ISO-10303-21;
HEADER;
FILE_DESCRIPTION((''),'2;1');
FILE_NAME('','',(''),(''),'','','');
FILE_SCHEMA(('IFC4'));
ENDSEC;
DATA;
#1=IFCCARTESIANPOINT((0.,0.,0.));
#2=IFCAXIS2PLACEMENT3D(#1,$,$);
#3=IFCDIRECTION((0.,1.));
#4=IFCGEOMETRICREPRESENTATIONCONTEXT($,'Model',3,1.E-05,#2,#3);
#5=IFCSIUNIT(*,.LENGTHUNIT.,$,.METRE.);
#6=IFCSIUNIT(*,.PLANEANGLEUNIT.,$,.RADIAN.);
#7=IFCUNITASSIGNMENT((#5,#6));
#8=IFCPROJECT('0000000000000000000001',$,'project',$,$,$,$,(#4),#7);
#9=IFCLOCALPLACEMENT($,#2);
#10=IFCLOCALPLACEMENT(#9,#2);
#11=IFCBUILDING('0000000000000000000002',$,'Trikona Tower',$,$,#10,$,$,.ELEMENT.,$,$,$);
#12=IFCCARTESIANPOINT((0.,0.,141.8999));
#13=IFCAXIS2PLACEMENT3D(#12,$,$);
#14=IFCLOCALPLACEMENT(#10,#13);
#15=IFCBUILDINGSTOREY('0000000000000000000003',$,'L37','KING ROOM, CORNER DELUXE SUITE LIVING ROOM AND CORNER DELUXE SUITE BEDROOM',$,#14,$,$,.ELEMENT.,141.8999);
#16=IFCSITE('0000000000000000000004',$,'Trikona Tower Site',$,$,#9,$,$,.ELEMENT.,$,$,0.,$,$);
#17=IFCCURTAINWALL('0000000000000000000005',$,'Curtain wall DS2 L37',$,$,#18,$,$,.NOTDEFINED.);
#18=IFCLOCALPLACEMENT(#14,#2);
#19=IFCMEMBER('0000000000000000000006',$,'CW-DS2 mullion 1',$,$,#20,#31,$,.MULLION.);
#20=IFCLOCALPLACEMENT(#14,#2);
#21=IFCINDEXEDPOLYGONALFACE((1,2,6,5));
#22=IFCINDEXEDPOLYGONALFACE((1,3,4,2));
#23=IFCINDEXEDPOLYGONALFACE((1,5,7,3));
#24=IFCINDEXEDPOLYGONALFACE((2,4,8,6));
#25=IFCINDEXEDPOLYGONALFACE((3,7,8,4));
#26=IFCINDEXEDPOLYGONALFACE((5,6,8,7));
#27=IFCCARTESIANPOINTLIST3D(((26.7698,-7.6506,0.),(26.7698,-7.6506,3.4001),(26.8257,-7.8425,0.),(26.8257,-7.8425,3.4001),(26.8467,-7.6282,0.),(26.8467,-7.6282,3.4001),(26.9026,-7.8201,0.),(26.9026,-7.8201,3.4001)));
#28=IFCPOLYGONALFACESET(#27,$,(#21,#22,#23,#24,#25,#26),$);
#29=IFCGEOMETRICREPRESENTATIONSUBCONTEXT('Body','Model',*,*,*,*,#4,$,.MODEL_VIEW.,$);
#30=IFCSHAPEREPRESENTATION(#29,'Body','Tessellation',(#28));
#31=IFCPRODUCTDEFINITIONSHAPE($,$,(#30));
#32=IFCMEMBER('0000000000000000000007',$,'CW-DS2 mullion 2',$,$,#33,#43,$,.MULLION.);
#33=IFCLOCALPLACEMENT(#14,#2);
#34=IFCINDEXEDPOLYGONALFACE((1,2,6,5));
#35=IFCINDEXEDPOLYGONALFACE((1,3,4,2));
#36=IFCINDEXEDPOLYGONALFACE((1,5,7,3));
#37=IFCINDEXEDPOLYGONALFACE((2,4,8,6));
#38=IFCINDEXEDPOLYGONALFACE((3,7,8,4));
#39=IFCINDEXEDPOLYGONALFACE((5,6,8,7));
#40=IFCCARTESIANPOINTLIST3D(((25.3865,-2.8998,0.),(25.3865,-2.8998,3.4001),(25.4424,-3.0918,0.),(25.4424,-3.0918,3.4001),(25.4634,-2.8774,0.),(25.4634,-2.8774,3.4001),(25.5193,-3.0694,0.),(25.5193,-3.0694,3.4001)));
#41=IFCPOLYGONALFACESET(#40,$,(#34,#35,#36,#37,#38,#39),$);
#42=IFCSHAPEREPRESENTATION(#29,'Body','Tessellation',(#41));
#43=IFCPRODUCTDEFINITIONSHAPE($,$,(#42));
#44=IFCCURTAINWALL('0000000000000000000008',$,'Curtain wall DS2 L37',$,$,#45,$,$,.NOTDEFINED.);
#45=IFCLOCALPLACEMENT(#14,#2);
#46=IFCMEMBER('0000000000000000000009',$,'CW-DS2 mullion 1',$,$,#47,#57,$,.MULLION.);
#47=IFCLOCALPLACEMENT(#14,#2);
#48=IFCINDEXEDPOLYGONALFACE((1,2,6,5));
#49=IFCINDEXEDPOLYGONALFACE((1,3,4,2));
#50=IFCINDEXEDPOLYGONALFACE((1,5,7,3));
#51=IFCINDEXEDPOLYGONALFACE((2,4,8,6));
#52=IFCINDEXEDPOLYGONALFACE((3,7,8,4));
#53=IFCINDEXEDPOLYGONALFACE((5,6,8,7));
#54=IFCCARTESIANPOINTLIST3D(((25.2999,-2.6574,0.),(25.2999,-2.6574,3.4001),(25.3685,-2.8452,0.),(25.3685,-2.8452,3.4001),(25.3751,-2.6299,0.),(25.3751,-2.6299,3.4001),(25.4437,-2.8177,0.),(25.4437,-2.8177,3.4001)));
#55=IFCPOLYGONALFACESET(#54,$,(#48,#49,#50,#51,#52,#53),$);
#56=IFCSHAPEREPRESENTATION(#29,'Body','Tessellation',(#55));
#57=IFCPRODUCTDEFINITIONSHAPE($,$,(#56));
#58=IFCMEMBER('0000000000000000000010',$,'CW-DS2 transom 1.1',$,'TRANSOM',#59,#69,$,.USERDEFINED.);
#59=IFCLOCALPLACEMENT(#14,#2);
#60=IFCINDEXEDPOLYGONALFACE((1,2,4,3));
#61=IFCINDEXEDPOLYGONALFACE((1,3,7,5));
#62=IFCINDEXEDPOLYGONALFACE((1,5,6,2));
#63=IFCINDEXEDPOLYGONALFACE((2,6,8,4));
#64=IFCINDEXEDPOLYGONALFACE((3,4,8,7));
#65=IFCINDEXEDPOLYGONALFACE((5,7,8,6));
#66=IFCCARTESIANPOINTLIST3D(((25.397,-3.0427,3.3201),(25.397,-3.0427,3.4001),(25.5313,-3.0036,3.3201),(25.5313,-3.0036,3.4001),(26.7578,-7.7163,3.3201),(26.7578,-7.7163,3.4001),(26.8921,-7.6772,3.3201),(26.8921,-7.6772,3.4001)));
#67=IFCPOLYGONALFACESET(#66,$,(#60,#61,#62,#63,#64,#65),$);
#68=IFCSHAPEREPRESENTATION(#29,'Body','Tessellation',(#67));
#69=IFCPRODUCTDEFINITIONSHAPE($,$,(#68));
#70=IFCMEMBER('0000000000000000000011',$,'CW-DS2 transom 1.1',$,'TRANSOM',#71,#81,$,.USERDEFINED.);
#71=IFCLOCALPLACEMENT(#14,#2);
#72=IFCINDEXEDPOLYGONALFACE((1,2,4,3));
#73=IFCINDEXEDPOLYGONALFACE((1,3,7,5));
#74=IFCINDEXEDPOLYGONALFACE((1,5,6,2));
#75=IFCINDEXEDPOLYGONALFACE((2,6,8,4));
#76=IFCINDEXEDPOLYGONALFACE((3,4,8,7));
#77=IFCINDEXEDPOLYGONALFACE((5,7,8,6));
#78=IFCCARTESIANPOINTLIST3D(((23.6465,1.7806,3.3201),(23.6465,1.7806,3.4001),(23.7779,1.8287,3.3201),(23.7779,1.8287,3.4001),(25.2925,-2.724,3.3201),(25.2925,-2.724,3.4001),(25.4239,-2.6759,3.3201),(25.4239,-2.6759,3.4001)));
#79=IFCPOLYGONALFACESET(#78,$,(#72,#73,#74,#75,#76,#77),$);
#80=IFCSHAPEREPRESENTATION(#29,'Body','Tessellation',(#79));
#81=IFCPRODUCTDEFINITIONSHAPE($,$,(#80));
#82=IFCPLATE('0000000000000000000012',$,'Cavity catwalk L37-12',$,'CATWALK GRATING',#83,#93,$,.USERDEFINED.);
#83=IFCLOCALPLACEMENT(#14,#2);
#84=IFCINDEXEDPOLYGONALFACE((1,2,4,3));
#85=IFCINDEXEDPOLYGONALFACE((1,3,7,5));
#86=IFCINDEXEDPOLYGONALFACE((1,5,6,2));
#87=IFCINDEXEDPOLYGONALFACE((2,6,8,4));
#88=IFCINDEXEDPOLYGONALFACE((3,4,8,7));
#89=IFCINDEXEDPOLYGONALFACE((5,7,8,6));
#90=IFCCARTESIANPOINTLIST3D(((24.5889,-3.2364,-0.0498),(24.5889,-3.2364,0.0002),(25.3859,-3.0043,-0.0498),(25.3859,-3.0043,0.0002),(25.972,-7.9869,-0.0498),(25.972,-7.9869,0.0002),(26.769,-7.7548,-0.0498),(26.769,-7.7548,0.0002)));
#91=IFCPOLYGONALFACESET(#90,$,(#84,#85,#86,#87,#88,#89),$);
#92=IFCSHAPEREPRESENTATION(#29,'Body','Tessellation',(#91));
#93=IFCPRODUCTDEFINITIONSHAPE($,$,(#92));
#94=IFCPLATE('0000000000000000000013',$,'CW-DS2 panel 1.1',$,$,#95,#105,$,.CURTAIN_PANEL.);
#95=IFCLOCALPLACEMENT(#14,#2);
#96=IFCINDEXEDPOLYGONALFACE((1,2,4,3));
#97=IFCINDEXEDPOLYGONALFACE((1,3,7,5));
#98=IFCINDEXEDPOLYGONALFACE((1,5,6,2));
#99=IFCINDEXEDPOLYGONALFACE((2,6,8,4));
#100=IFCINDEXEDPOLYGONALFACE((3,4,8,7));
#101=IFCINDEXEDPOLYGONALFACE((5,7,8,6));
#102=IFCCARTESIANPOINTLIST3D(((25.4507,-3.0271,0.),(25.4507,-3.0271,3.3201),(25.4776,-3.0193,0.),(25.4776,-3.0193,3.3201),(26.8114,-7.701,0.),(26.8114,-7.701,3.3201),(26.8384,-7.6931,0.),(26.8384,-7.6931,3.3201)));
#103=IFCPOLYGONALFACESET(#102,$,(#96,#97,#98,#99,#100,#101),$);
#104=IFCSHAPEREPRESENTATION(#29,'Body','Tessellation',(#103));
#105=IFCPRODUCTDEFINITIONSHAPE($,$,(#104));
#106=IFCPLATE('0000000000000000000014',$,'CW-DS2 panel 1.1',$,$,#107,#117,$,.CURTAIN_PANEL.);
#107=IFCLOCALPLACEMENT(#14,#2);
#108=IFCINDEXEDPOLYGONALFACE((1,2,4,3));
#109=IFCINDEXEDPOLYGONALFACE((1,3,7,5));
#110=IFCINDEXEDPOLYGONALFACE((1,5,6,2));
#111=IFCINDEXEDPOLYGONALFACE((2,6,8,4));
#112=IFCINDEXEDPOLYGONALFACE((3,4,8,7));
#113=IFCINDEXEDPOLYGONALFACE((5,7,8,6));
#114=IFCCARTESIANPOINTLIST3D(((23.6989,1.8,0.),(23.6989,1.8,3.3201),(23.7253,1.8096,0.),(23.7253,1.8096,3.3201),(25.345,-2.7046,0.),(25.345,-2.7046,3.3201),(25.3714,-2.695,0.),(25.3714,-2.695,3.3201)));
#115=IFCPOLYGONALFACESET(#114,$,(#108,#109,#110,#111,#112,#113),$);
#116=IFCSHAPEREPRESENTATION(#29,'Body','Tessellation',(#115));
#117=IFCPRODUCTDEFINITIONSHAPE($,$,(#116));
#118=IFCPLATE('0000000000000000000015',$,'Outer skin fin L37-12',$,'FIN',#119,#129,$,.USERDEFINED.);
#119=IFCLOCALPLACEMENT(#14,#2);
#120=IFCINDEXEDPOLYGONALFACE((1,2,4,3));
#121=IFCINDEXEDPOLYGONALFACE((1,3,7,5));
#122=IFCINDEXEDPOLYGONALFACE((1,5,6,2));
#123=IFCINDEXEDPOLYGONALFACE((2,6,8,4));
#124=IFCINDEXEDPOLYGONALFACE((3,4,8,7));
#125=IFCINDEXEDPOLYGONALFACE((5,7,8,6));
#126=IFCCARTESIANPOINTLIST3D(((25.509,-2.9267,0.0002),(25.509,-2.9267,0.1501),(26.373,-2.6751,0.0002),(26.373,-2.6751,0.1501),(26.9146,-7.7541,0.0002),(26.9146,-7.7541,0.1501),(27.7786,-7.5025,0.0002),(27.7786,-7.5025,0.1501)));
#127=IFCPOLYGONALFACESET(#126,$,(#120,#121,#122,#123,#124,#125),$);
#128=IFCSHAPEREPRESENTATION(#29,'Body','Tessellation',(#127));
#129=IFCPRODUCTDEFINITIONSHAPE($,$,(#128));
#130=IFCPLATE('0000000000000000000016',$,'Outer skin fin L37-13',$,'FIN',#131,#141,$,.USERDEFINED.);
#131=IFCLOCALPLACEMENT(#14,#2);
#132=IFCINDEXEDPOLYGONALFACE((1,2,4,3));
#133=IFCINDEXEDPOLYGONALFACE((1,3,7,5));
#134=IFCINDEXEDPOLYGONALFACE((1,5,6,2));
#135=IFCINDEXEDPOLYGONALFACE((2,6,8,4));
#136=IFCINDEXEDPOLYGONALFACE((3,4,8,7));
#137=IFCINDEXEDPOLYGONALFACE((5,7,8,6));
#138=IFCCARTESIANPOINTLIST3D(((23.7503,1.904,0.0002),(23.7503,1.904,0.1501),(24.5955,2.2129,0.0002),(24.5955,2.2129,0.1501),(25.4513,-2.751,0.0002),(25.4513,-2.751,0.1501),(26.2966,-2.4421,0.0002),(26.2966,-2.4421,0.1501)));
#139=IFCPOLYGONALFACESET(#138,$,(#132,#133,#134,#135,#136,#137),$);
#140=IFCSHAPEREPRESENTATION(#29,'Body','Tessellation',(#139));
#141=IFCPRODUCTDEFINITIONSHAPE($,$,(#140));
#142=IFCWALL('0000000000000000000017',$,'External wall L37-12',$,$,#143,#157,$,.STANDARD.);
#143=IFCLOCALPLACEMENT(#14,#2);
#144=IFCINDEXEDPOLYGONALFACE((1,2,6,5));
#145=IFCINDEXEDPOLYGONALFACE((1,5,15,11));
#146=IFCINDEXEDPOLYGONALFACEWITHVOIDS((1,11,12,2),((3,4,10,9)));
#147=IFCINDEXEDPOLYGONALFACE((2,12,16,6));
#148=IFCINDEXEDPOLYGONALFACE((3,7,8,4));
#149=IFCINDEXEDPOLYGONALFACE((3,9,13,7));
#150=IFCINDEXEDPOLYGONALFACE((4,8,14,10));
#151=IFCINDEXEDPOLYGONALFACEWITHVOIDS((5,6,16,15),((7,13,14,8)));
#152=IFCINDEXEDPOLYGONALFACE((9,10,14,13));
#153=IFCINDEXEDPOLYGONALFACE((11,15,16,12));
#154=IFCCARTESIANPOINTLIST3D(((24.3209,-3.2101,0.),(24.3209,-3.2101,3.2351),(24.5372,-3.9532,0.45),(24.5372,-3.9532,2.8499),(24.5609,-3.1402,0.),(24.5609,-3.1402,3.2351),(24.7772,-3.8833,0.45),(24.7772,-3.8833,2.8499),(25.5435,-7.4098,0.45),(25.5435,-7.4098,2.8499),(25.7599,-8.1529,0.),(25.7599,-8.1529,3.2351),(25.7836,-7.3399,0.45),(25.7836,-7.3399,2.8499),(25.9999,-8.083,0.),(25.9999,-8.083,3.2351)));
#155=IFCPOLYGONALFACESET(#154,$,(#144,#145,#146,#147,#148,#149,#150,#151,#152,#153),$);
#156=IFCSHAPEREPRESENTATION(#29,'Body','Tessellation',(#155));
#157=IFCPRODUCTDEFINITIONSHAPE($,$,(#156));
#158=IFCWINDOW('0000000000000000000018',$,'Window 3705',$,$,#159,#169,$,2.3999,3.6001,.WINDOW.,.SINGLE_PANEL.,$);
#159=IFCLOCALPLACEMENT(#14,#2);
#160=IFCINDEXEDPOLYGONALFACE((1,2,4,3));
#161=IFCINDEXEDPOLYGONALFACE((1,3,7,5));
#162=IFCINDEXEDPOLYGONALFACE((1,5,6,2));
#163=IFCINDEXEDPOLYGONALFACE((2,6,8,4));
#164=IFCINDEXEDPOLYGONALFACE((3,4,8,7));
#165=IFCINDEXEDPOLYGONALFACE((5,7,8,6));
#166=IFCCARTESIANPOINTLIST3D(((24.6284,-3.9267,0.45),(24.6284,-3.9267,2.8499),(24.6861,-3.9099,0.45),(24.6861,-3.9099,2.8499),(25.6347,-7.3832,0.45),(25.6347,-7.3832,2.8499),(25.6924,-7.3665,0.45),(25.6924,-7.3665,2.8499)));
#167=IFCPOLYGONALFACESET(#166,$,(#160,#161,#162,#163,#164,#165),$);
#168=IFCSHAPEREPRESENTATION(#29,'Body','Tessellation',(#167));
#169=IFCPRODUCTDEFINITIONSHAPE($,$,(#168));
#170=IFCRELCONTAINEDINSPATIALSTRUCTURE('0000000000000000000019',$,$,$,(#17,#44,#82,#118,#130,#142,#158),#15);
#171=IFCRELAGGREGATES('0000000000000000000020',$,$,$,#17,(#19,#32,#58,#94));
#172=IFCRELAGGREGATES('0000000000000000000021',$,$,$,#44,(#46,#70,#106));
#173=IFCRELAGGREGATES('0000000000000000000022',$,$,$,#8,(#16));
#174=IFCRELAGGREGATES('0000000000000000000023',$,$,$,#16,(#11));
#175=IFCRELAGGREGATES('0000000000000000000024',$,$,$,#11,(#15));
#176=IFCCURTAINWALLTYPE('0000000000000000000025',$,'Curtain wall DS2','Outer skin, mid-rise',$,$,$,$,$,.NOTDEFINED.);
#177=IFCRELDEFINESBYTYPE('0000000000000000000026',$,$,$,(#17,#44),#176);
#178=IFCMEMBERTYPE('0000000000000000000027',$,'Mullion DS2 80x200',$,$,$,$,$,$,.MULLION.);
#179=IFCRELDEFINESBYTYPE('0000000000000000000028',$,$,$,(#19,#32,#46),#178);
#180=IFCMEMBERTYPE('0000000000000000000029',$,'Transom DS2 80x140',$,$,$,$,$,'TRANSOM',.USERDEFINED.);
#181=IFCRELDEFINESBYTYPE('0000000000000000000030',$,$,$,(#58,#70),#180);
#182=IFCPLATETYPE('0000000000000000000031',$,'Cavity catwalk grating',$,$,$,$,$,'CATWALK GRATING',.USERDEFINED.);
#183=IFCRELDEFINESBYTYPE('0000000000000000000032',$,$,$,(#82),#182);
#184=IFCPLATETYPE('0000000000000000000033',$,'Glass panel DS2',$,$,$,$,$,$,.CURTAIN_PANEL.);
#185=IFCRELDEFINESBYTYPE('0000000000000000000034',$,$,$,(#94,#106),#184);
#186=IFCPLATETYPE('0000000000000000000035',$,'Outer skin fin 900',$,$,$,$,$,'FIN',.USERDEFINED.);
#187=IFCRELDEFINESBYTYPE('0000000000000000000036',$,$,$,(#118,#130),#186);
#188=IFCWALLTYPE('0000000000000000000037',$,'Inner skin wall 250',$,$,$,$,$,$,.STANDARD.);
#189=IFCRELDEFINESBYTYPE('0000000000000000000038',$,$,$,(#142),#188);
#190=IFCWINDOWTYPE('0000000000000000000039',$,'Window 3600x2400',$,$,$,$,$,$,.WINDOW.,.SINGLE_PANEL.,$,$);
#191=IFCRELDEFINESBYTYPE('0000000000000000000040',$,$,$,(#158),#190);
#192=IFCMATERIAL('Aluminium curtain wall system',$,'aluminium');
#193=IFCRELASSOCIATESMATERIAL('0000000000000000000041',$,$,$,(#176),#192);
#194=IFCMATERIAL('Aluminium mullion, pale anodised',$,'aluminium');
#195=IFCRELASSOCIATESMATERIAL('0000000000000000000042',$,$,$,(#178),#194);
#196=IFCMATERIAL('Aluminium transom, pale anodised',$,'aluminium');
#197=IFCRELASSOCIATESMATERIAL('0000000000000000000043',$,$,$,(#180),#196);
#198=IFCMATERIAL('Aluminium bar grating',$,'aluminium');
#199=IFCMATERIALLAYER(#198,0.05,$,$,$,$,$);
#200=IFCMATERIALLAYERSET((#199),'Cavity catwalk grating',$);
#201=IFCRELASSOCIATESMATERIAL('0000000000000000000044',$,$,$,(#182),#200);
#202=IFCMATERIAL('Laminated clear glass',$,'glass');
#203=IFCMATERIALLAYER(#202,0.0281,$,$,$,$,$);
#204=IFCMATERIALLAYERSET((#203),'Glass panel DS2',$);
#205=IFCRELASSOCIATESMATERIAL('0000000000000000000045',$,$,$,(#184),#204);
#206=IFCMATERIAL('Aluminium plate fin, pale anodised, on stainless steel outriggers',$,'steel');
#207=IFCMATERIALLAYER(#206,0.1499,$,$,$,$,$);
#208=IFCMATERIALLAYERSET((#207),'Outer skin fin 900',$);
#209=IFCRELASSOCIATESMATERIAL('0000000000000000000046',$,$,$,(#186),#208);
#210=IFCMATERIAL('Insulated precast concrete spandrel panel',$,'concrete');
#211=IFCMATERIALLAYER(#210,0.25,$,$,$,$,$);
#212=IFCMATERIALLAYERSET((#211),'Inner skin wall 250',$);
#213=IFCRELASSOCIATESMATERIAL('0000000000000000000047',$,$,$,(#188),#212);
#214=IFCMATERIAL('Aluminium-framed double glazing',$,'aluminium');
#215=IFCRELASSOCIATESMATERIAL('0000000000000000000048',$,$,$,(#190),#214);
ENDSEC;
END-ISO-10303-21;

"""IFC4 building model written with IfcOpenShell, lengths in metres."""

from ifc_helpers import new_model, si_unit, direction, frame, frame_2d, origin, origin_2d, place, context, subcontext, project, spatial, rectangle, extrude, material, layer, layer_set, material_profile, profile_set, type_object, element, fill, aggregate, save


model = new_model("IFC4")

# Units and contexts
model_context = context("Model", 3, precision=1e-05, world=origin(), true_north=direction((0.0, 1.0)))
body_context = subcontext(model_context, "Body", "Model", "MODEL_VIEW")
ifc_project = project(units=[si_unit("LENGTHUNIT", "METRE"), si_unit("PLANEANGLEUNIT", "RADIAN")], contexts=[model_context])

# Site, building, storey
site_placement = place(None, origin())
site = spatial("IfcSite", under=ifc_project, at=site_placement, Name="Trikona Tower Site", CompositionType="ELEMENT", RefElevation=0.0)
building_placement = place(site_placement, origin())
building = spatial("IfcBuilding", under=site, at=building_placement, Name="Trikona Tower", CompositionType="ELEMENT")
storey_placement = place(building_placement, frame((0.0, 0.0, 141.8999)))
storey = spatial("IfcBuildingStorey", under=building, at=storey_placement, Name="L37", Description="KING ROOM, CORNER DELUXE SUITE LIVING ROOM AND CORNER DELUXE SUITE BEDROOM", CompositionType="ELEMENT", Elevation=141.8999)

# Curtain wall, members
ifc_material_1 = material(Name="Aluminium curtain wall system", Category="aluminium")
curtain_wall_type = type_object("IfcCurtainWallType", Name="Curtain wall DS2", Description="Outer skin, mid-rise", PredefinedType="NOTDEFINED", material=ifc_material_1)
curtain_wall_1_placement = place(storey_placement, origin())
curtain_wall_1 = element("IfcCurtainWall", 1, at=curtain_wall_1_placement, inside=storey, type_object=curtain_wall_type, Name="Curtain wall DS2 L37", PredefinedType="NOTDEFINED")
ifc_material_2 = material(Name="Aluminium mullion, pale anodised", Category="aluminium")
ifc_material_profile_1 = material_profile(ifc_material_2, rectangle(XDim=0.0801, YDim=0.2, at=origin_2d()), Name="MUL-DS2")
ifc_profile_set_1 = profile_set([ifc_material_profile_1], Name="Aluminium mullion, pale anodised")
member_type_1 = type_object("IfcMemberType", Name="Mullion DS2 80x200", PredefinedType="MULLION", material=ifc_profile_set_1)
member_1_placement = place(storey_placement, frame((26.8362, -7.7354, 0.0), z_axis=(0.0, 0.0, 1.0), x_axis=(-0.960133, -0.279543, 0.0)))
member_1 = element("IfcMember", 2, at=member_1_placement, type_object=member_type_1, Name="CW-DS2 mullion 1", PredefinedType="MULLION", context=body_context, shape_type="SweptSolid", body=[
    extrude(rectangle(XDim=0.0801, YDim=0.2, at=origin_2d()), origin(), (0.0, 0.0, 1.0), 3.4001),
])
member_2_placement = place(storey_placement, frame((25.4529, -2.9846, 0.0), z_axis=(0.0, 0.0, 1.0), x_axis=(-0.960133, -0.279543, 0.0)))
member_2 = element("IfcMember", 3, at=member_2_placement, type_object=member_type_1, Name="CW-DS2 mullion 2", PredefinedType="MULLION", context=body_context, shape_type="SweptSolid", body=[
    extrude(rectangle(XDim=0.0801, YDim=0.2, at=origin_2d()), origin(), (0.0, 0.0, 1.0), 3.4001),
])

# Curtain wall, member
curtain_wall_2_placement = place(storey_placement, origin())
curtain_wall_2 = element("IfcCurtainWall", 4, at=curtain_wall_2_placement, inside=storey, type_object=curtain_wall_type, Name="Curtain wall DS2 L37", PredefinedType="NOTDEFINED")
member_3_placement = place(storey_placement, frame((25.3718, -2.7375, 0.0), z_axis=(0.0, 0.0, 1.0), x_axis=(-0.939254, -0.343223, 0.0)))
member_3 = element("IfcMember", 5, at=member_3_placement, type_object=member_type_1, Name="CW-DS2 mullion 1", PredefinedType="MULLION", context=body_context, shape_type="SweptSolid", body=[
    extrude(rectangle(XDim=0.0801, YDim=0.2, at=origin_2d()), origin(), (0.0, 0.0, 1.0), 3.4001),
])

# Members
ifc_material_3 = material(Name="Aluminium transom, pale anodised", Category="aluminium")
ifc_material_profile_2 = material_profile(ifc_material_3, rectangle(XDim=0.1399, YDim=0.0801, at=origin_2d()), Name="TRN-DS2")
ifc_profile_set_2 = profile_set([ifc_material_profile_2], Name="Aluminium transom, pale anodised")
member_type_2 = type_object("IfcMemberType", Name="Transom DS2 80x140", ElementType="TRANSOM", PredefinedType="USERDEFINED", material=ifc_profile_set_2)
member_4_placement = place(storey_placement, frame((26.825, -7.6968, 3.3601), z_axis=(-0.279567, 0.960126, 0.0), x_axis=(-0.960126, -0.279567, 0.0)))
member_4 = element("IfcMember", 6, at=member_4_placement, type_object=member_type_2, Name="CW-DS2 transom 1.1", ObjectType="TRANSOM", PredefinedType="USERDEFINED", context=body_context, shape_type="SweptSolid", body=[
    extrude(rectangle(XDim=0.1399, YDim=0.0801, at=origin_2d()), origin(), (0.0, 0.0, 1.0), 4.8677),
])
member_5_placement = place(storey_placement, frame((25.3582, -2.7, 3.3601), z_axis=(-0.343206, 0.93926, 0.0), x_axis=(-0.93926, -0.343206, 0.0)))
member_5 = element("IfcMember", 7, at=member_5_placement, type_object=member_type_2, Name="CW-DS2 transom 1.1", ObjectType="TRANSOM", PredefinedType="USERDEFINED", context=body_context, shape_type="SweptSolid", body=[
    extrude(rectangle(XDim=0.1399, YDim=0.0801, at=origin_2d()), origin(), (0.0, 0.0, 1.0), 4.7959),
])

# Plates
ifc_material_4 = material(Name="Aluminium bar grating", Category="aluminium")
ifc_layer_1 = layer(ifc_material_4, 0.05)
ifc_layer_set_1 = layer_set([ifc_layer_1], Name="Cavity catwalk grating")
plate_type_1 = type_object("IfcPlateType", Name="Cavity catwalk grating", ElementType="CATWALK GRATING", PredefinedType="USERDEFINED", material=ifc_layer_set_1)
plate_1_placement = place(storey_placement, frame((25.679, -5.4956, -0.0498), z_axis=(0.0, 0.0, 1.0), x_axis=(-0.279554, 0.96013, 0.0)))
element("IfcPlate", 8, at=plate_1_placement, inside=storey, type_object=plate_type_1, Name="Cavity catwalk L37-12", ObjectType="CATWALK GRATING", PredefinedType="USERDEFINED", context=body_context, shape_type="SweptSolid", body=[
    extrude(rectangle(XDim=4.9478, YDim=0.8301, at=origin_2d()), origin(), (0.0, 0.0, 1.0), 0.05),
])
ifc_material_5 = material(Name="Laminated clear glass", Category="glass")
ifc_layer_2 = layer(ifc_material_5, 0.0281)
ifc_layer_set_2 = layer_set([ifc_layer_2], Name="Glass panel DS2")
plate_type_2 = type_object("IfcPlateType", Name="Glass panel DS2", PredefinedType="CURTAIN_PANEL", material=ifc_layer_set_2)
plate_2_placement = place(storey_placement, frame((26.1445, -5.3601, 0.0), z_axis=(0.0, 0.0, 1.0), x_axis=(-0.279543, 0.960133, 0.0)))
plate_2 = element("IfcPlate", 9, at=plate_2_placement, type_object=plate_type_2, Name="CW-DS2 panel 1.1", PredefinedType="CURTAIN_PANEL", context=body_context, shape_type="SweptSolid", body=[
    extrude(rectangle(XDim=4.8679, YDim=0.0281, at=origin_2d()), origin(), (0.0, 0.0, 1.0), 3.3201),
])
aggregate(curtain_wall_1, [member_1, member_2, member_4, plate_2])
plate_3_placement = place(storey_placement, frame((24.5352, -0.4475, 0.0), z_axis=(0.0, 0.0, 1.0), x_axis=(-0.343223, 0.939254, 0.0)))
plate_3 = element("IfcPlate", 10, at=plate_3_placement, type_object=plate_type_2, Name="CW-DS2 panel 1.1", PredefinedType="CURTAIN_PANEL", context=body_context, shape_type="SweptSolid", body=[
    extrude(rectangle(XDim=4.7959, YDim=0.0281, at=origin_2d()), origin(), (0.0, 0.0, 1.0), 3.3201),
])
aggregate(curtain_wall_2, [member_3, member_5, plate_3])

# Plates
ifc_material_6 = material(Name="Aluminium plate fin, pale anodised, on stainless steel outriggers", Category="steel")
ifc_layer_3 = layer(ifc_material_6, 0.1499)
ifc_layer_set_3 = layer_set([ifc_layer_3], Name="Outer skin fin 900")
plate_type_3 = type_object("IfcPlateType", Name="Outer skin fin 900", ElementType="FIN", PredefinedType="USERDEFINED", material=ifc_layer_set_3)
plate_4_placement = place(storey_placement, frame((26.6438, -5.2146, 0.0002), z_axis=(0.0, 0.0, 1.0), x_axis=(-0.279554, 0.96013, 0.0)))
element("IfcPlate", 11, at=plate_4_placement, inside=storey, type_object=plate_type_3, Name="Outer skin fin L37-12", ObjectType="FIN", PredefinedType="USERDEFINED", context=body_context, shape_type="SweptSolid", body=[
    extrude(rectangle(XDim=5.0278, YDim=0.8999, at=origin_2d()), origin(), (0.0, 0.0, 1.0), 0.1499),
])
plate_5_placement = place(storey_placement, frame((25.0234, -0.269, 0.0002), z_axis=(0.0, 0.0, 1.0), x_axis=(-0.34322, 0.939255, 0.0)))
element("IfcPlate", 12, at=plate_5_placement, inside=storey, type_object=plate_type_3, Name="Outer skin fin L37-13", ObjectType="FIN", PredefinedType="USERDEFINED", context=body_context, shape_type="SweptSolid", body=[
    extrude(rectangle(XDim=4.9561, YDim=0.8999, at=origin_2d()), origin(), (0.0, 0.0, 1.0), 0.1499),
])

# Wall, opening, window
ifc_material_7 = material(Name="Insulated precast concrete spandrel panel", Category="concrete")
ifc_layer_4 = layer(ifc_material_7, 0.25)
ifc_layer_set_4 = layer_set([ifc_layer_4], Name="Inner skin wall 250")
wall_type = type_object("IfcWallType", Name="Inner skin wall 250", PredefinedType="STANDARD", material=ifc_layer_set_4)
wall_1_placement = place(storey_placement, frame((25.8799, -8.1179, 0.0), z_axis=(0.0, 0.0, 1.0), x_axis=(-0.279528, 0.960137, 0.0)))
wall_1 = element("IfcWall", 13, at=wall_1_placement, inside=storey, type_object=wall_type, Name="External wall L37-12", PredefinedType="STANDARD", context=body_context, shape_type="SweptSolid", body=[
    extrude(rectangle(XDim=5.1479, YDim=0.25, at=frame_2d((2.574, 0.0))), origin(), (0.0, 0.0, 1.0), 3.2351),
])
opening_1_placement = place(wall_1_placement, frame((0.7739, 0.0, 0.45)))
opening_1 = element("IfcOpeningElement", 14, at=opening_1_placement, cuts=wall_1, PredefinedType="OPENING", context=body_context, shape_type="SweptSolid", body=[
    extrude(rectangle(XDim=3.6001, YDim=2.3999, at=frame_2d((1.8, 1.2))), frame((0.0, 0.135, 0.0), z_axis=(0.0, -1.0, 0.0), x_axis=(1.0, 0.0, 0.0)), (0.0, 0.0, 1.0), 0.27),
])
ifc_material_8 = material(Name="Aluminium-framed double glazing", Category="aluminium")
window_type = type_object("IfcWindowType", Name="Window 3600x2400", PartitioningType="SINGLE_PANEL", PredefinedType="WINDOW", material=ifc_material_8)
window_1_placement = place(opening_1_placement, origin())
window_1 = element("IfcWindow", 15, at=window_1_placement, inside=storey, type_object=window_type, Name="Window 3705", OverallHeight=2.3999, OverallWidth=3.6001, PartitioningType="SINGLE_PANEL", PredefinedType="WINDOW", context=body_context, shape_type="SweptSolid", body=[
    extrude(rectangle(XDim=3.6001, YDim=2.3999, at=frame_2d((1.8, 1.2))), frame((0.0, 0.03, 0.0), z_axis=(0.0, -1.0, 0.0), x_axis=(1.0, 0.0, 0.0)), (0.0, 0.0, 1.0), 0.0601),
])
fill(opening_1, window_1)

save(model, "model.ifc")
